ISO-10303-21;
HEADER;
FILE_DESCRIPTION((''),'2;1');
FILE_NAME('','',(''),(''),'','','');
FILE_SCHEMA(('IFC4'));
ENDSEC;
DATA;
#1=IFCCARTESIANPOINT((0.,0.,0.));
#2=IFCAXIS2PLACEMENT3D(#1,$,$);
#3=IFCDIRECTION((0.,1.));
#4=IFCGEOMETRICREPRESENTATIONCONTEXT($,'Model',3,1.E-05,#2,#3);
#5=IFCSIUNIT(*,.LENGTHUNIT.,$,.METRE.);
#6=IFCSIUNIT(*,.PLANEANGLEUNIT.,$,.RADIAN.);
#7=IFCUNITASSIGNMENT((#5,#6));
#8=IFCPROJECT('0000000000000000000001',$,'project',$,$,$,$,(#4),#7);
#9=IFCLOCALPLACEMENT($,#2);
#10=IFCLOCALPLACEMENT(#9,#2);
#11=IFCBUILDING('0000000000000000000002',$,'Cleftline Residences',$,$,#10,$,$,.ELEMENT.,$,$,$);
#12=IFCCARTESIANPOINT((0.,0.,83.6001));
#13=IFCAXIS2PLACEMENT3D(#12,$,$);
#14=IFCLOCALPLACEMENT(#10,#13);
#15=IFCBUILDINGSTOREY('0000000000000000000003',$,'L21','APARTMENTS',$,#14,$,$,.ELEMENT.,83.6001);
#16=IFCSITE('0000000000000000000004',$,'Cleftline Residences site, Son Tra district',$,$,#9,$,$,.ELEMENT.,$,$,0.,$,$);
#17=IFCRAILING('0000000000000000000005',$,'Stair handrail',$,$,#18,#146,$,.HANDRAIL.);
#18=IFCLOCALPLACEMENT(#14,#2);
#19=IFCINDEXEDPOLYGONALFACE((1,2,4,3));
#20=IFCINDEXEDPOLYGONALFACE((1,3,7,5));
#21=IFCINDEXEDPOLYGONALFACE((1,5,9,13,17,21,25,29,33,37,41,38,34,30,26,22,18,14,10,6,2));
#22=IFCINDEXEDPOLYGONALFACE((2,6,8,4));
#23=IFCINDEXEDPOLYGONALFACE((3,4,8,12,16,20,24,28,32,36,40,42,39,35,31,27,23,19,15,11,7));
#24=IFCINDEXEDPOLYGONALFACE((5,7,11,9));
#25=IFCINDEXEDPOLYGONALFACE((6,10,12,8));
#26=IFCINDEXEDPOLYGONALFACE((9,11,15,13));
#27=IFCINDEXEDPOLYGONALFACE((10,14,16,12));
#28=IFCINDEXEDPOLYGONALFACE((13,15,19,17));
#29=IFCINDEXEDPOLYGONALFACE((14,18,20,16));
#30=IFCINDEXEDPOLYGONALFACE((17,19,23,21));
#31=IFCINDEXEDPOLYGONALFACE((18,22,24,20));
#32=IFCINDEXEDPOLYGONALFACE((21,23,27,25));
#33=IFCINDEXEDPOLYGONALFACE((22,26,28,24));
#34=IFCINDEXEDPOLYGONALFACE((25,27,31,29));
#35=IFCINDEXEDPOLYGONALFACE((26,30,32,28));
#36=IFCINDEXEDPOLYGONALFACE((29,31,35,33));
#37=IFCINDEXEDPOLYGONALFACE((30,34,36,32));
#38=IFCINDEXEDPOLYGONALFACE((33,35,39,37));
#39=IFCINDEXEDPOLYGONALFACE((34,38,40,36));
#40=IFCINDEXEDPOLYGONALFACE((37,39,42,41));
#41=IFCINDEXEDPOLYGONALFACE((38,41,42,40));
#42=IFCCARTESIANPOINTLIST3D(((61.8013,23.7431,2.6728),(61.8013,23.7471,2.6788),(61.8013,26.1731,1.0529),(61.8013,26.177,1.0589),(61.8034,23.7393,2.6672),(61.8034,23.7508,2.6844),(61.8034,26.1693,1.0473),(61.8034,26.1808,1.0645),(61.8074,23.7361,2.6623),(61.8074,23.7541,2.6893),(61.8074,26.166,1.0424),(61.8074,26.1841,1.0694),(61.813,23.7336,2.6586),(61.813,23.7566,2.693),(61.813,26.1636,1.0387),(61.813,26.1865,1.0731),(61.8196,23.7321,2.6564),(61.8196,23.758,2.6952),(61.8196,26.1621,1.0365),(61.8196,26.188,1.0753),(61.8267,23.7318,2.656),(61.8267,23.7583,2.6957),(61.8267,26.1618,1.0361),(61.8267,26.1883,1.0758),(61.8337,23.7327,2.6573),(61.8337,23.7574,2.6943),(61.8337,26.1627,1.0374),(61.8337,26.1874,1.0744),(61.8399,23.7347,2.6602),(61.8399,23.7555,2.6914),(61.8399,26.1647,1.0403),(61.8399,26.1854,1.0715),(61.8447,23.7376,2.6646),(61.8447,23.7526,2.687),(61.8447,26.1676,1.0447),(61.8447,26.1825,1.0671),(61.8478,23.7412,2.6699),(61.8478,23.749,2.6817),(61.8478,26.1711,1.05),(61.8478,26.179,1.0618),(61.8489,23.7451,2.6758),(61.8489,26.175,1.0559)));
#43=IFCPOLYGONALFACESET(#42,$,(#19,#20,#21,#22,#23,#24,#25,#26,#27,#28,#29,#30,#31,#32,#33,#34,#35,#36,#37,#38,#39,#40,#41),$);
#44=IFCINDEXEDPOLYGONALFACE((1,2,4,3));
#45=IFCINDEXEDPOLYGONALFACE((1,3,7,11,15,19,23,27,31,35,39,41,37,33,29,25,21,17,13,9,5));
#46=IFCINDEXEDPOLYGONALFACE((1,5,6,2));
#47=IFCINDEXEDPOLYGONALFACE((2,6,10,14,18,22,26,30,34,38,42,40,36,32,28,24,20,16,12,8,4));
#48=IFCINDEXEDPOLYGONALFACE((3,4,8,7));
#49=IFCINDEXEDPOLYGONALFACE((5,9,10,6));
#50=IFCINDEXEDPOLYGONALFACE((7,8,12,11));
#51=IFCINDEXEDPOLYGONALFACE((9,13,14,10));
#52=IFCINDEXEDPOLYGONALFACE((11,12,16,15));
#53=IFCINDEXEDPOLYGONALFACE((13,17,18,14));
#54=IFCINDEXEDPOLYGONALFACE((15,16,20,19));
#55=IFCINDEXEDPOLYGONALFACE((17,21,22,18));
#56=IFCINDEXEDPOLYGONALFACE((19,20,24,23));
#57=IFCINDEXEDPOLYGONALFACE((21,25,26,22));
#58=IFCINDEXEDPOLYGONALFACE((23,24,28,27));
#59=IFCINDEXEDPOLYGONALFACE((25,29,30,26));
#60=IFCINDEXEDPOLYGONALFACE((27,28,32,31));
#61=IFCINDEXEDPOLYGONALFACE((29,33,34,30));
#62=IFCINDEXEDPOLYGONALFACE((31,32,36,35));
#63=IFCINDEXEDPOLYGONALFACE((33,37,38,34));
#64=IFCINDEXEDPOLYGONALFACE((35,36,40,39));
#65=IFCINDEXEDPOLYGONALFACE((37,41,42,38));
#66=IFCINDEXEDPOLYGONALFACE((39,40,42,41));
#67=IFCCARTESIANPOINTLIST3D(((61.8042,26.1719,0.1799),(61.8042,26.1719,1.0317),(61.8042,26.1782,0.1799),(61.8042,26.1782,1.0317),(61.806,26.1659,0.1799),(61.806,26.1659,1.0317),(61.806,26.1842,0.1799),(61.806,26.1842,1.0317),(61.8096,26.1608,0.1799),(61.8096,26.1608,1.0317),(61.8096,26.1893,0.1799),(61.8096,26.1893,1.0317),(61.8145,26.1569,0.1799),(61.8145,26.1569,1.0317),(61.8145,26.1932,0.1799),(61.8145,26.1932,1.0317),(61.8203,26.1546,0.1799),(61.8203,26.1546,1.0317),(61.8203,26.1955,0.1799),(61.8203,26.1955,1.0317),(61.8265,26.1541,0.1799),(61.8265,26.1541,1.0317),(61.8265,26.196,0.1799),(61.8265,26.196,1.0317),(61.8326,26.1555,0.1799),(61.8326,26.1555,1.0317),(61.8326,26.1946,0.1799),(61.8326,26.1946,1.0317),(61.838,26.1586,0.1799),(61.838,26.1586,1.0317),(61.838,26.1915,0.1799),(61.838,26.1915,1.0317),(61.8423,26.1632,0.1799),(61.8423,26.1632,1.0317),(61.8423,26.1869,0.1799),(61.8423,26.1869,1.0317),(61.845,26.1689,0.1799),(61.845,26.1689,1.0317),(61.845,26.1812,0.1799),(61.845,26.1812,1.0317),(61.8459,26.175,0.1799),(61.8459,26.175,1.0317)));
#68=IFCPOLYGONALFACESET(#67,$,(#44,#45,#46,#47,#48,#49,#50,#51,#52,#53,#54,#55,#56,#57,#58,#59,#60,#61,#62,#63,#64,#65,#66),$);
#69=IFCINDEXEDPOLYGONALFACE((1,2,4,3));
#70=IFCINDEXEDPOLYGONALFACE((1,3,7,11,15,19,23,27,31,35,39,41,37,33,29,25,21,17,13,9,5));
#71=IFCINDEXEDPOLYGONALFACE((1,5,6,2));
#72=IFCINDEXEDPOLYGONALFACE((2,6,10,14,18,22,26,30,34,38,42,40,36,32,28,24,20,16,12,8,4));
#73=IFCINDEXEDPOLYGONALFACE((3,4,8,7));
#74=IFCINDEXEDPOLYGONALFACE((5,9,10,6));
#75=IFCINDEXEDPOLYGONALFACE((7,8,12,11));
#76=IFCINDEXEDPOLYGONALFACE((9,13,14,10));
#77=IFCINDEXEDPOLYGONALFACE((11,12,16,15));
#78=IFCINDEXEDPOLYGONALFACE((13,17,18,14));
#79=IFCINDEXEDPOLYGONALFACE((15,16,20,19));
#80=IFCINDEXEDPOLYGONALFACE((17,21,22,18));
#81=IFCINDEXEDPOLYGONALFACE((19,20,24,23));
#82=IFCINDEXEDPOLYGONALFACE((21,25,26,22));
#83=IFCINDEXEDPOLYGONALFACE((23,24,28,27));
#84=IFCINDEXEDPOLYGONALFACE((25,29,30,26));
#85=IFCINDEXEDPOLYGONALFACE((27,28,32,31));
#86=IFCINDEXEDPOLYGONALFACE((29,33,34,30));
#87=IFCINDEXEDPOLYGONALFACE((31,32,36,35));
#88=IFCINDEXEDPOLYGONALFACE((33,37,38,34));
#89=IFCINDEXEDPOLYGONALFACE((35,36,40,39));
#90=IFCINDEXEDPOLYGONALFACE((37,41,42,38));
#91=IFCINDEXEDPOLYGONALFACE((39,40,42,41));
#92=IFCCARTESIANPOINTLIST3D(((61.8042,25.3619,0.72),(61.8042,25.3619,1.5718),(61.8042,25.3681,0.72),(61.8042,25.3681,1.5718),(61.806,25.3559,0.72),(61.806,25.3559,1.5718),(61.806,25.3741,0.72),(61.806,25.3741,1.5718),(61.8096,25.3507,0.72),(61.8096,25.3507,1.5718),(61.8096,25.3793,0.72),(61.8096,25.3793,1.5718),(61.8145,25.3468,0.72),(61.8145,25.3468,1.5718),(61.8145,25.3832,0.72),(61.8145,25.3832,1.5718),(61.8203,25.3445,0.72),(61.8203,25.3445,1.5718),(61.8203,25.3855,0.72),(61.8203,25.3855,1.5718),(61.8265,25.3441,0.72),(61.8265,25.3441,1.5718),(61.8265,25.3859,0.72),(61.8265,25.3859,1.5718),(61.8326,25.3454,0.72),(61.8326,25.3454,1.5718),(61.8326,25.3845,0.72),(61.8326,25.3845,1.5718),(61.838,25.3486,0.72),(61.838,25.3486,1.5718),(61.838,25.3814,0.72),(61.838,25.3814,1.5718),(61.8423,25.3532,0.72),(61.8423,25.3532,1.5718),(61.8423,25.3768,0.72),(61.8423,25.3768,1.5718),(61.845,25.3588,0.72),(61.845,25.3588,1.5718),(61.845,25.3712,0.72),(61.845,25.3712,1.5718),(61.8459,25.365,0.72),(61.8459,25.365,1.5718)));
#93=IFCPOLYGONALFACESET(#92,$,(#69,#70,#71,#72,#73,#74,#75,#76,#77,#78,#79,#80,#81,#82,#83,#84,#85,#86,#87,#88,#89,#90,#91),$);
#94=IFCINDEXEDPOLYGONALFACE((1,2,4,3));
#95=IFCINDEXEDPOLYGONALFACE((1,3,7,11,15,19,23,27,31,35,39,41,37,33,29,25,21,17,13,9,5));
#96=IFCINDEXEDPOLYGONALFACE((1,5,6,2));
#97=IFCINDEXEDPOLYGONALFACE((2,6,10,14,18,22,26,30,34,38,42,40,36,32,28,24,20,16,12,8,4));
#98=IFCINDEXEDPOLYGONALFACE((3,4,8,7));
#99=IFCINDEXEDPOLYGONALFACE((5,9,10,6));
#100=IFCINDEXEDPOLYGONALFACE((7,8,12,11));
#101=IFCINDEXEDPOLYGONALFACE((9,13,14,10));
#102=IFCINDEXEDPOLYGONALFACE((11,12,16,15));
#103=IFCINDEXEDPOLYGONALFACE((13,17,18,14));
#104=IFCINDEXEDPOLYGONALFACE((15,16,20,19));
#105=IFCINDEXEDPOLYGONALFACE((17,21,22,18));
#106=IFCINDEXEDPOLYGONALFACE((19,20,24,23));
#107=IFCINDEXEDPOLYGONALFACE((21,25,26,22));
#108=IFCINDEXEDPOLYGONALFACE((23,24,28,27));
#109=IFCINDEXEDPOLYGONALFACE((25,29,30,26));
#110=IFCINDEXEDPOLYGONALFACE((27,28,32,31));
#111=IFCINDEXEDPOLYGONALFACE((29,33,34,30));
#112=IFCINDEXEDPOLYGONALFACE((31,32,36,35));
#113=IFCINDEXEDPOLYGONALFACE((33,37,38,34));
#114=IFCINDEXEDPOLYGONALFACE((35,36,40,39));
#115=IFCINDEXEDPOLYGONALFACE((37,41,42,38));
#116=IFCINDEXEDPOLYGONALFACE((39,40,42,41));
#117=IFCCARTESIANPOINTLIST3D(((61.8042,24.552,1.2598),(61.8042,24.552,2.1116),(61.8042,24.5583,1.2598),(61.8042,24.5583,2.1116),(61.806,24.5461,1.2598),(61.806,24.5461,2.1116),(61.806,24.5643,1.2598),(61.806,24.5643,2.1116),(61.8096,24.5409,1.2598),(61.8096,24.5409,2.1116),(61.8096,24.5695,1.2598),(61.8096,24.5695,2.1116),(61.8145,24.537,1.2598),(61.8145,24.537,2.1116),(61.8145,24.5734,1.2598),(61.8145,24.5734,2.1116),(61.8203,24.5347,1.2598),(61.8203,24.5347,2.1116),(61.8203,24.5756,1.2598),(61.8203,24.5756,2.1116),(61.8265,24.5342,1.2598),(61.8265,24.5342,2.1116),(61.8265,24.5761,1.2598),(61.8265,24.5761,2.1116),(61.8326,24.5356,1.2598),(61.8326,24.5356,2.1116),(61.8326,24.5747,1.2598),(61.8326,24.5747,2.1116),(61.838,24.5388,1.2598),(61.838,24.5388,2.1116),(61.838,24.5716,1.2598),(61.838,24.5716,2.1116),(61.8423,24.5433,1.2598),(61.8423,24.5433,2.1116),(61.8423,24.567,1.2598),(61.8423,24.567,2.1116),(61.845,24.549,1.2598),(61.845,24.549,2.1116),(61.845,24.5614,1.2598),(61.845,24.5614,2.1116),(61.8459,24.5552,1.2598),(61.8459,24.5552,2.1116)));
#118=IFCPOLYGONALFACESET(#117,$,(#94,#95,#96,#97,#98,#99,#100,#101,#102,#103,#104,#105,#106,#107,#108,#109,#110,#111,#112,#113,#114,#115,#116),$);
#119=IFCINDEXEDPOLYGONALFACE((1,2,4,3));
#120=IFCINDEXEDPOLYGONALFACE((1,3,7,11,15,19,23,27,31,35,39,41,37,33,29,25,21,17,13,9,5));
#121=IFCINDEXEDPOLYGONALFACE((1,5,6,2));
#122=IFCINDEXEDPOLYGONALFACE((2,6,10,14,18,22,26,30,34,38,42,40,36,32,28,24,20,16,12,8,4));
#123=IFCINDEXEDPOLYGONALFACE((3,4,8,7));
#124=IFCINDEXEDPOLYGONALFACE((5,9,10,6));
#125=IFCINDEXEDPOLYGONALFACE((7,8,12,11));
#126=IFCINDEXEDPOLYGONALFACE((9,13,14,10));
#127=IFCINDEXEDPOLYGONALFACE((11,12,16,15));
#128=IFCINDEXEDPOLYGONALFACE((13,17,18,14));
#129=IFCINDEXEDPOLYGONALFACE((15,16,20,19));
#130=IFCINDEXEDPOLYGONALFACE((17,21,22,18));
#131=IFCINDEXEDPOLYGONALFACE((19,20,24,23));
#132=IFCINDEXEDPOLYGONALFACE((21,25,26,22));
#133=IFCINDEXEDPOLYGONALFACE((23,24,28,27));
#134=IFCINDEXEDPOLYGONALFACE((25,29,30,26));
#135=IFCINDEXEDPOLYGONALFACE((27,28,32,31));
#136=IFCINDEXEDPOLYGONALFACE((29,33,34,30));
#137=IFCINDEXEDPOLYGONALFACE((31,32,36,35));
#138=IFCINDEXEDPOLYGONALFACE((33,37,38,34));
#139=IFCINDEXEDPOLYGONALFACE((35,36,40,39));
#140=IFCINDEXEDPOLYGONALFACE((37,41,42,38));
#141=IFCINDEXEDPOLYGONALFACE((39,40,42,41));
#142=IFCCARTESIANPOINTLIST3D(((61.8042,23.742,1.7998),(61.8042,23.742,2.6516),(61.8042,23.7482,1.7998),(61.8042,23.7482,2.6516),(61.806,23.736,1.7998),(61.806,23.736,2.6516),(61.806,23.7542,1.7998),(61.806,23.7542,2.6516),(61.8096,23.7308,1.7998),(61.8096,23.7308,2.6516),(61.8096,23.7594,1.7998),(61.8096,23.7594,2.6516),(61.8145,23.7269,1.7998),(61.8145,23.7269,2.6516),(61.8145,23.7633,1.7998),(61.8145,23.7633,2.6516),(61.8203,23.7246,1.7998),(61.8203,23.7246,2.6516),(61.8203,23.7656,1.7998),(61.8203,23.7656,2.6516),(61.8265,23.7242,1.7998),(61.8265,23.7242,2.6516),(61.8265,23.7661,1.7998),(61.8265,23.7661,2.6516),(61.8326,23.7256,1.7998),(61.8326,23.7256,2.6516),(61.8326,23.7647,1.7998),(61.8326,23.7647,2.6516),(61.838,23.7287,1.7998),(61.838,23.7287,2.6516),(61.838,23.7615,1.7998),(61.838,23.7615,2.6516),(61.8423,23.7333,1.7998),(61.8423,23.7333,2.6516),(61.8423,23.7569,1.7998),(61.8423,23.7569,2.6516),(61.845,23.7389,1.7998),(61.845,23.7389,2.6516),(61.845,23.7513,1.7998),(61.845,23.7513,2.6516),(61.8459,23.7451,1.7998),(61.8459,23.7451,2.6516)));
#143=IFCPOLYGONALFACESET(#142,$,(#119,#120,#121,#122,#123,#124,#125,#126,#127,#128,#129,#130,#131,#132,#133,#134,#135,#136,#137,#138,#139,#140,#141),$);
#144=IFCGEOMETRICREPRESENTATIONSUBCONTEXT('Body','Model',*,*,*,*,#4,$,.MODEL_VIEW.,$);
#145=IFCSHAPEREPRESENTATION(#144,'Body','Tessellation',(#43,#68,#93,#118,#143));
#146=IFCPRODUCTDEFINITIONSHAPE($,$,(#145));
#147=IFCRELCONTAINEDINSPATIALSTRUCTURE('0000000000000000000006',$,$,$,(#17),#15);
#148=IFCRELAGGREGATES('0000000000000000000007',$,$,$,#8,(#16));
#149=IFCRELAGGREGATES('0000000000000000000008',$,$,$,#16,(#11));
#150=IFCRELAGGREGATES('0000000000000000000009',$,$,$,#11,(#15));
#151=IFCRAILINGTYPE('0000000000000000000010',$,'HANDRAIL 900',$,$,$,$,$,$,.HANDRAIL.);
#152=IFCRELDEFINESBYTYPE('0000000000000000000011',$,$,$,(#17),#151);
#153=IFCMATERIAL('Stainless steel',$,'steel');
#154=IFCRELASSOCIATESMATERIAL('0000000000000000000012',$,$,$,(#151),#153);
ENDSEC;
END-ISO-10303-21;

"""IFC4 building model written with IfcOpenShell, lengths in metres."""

from ifc_helpers import new_model, si_unit, direction, frame, origin, origin_2d, place, context, subcontext, project, spatial, circle, extrude, material, type_object, element, save


model = new_model("IFC4")

# Units and contexts
model_context = context("Model", 3, precision=1e-05, world=origin(), true_north=direction((0.0, 1.0)))
body_context = subcontext(model_context, "Body", "Model", "MODEL_VIEW")
ifc_project = project(units=[si_unit("LENGTHUNIT", "METRE"), si_unit("PLANEANGLEUNIT", "RADIAN")], contexts=[model_context])

# Site, building, storey
site_placement = place(None, origin())
site = spatial("IfcSite", under=ifc_project, at=site_placement, Name="Cleftline Residences site, Son Tra district", CompositionType="ELEMENT", RefElevation=0.0)
building_placement = place(site_placement, origin())
building = spatial("IfcBuilding", under=site, at=building_placement, Name="Cleftline Residences", CompositionType="ELEMENT")
storey_placement = place(building_placement, frame((0.0, 0.0, 83.6001)))
storey = spatial("IfcBuildingStorey", under=building, at=storey_placement, Name="L21", Description="APARTMENTS", CompositionType="ELEMENT", Elevation=83.6001)

# Railing
ifc_material_1 = material(Name="Stainless steel", Category="steel")
railing_type = type_object("IfcRailingType", Name="HANDRAIL 900", PredefinedType="HANDRAIL", material=ifc_material_1)
railing_placement = place(storey_placement, frame((61.825, 26.175, 0.1799)))
element("IfcRailing", 1, at=railing_placement, inside=storey, type_object=railing_type, Name="Stair handrail", PredefinedType="HANDRAIL", context=body_context, shape_type="SweptSolid", body=[
    extrude(circle(Radius=0.0239, at=origin_2d()), frame((0.0, 0.0, 0.876), z_axis=(0.0, -0.832063, 0.554681), x_axis=(1.0, 0.0, 0.0)), (0.0, 0.0, 1.0), 2.9204),
    extrude(circle(Radius=0.021, at=origin_2d()), origin(), (0.0, 0.0, 1.0), 0.8518),
    extrude(circle(Radius=0.021, at=origin_2d()), frame((0.0, -0.8101, 0.54)), (0.0, 0.0, 1.0), 0.8518),
    extrude(circle(Radius=0.021, at=origin_2d()), frame((0.0, -1.6199, 1.0798)), (0.0, 0.0, 1.0), 0.8518),
    extrude(circle(Radius=0.021, at=origin_2d()), frame((0.0, -2.4299, 1.6199)), (0.0, 0.0, 1.0), 0.8518),
])

save(model, "model.ifc")
